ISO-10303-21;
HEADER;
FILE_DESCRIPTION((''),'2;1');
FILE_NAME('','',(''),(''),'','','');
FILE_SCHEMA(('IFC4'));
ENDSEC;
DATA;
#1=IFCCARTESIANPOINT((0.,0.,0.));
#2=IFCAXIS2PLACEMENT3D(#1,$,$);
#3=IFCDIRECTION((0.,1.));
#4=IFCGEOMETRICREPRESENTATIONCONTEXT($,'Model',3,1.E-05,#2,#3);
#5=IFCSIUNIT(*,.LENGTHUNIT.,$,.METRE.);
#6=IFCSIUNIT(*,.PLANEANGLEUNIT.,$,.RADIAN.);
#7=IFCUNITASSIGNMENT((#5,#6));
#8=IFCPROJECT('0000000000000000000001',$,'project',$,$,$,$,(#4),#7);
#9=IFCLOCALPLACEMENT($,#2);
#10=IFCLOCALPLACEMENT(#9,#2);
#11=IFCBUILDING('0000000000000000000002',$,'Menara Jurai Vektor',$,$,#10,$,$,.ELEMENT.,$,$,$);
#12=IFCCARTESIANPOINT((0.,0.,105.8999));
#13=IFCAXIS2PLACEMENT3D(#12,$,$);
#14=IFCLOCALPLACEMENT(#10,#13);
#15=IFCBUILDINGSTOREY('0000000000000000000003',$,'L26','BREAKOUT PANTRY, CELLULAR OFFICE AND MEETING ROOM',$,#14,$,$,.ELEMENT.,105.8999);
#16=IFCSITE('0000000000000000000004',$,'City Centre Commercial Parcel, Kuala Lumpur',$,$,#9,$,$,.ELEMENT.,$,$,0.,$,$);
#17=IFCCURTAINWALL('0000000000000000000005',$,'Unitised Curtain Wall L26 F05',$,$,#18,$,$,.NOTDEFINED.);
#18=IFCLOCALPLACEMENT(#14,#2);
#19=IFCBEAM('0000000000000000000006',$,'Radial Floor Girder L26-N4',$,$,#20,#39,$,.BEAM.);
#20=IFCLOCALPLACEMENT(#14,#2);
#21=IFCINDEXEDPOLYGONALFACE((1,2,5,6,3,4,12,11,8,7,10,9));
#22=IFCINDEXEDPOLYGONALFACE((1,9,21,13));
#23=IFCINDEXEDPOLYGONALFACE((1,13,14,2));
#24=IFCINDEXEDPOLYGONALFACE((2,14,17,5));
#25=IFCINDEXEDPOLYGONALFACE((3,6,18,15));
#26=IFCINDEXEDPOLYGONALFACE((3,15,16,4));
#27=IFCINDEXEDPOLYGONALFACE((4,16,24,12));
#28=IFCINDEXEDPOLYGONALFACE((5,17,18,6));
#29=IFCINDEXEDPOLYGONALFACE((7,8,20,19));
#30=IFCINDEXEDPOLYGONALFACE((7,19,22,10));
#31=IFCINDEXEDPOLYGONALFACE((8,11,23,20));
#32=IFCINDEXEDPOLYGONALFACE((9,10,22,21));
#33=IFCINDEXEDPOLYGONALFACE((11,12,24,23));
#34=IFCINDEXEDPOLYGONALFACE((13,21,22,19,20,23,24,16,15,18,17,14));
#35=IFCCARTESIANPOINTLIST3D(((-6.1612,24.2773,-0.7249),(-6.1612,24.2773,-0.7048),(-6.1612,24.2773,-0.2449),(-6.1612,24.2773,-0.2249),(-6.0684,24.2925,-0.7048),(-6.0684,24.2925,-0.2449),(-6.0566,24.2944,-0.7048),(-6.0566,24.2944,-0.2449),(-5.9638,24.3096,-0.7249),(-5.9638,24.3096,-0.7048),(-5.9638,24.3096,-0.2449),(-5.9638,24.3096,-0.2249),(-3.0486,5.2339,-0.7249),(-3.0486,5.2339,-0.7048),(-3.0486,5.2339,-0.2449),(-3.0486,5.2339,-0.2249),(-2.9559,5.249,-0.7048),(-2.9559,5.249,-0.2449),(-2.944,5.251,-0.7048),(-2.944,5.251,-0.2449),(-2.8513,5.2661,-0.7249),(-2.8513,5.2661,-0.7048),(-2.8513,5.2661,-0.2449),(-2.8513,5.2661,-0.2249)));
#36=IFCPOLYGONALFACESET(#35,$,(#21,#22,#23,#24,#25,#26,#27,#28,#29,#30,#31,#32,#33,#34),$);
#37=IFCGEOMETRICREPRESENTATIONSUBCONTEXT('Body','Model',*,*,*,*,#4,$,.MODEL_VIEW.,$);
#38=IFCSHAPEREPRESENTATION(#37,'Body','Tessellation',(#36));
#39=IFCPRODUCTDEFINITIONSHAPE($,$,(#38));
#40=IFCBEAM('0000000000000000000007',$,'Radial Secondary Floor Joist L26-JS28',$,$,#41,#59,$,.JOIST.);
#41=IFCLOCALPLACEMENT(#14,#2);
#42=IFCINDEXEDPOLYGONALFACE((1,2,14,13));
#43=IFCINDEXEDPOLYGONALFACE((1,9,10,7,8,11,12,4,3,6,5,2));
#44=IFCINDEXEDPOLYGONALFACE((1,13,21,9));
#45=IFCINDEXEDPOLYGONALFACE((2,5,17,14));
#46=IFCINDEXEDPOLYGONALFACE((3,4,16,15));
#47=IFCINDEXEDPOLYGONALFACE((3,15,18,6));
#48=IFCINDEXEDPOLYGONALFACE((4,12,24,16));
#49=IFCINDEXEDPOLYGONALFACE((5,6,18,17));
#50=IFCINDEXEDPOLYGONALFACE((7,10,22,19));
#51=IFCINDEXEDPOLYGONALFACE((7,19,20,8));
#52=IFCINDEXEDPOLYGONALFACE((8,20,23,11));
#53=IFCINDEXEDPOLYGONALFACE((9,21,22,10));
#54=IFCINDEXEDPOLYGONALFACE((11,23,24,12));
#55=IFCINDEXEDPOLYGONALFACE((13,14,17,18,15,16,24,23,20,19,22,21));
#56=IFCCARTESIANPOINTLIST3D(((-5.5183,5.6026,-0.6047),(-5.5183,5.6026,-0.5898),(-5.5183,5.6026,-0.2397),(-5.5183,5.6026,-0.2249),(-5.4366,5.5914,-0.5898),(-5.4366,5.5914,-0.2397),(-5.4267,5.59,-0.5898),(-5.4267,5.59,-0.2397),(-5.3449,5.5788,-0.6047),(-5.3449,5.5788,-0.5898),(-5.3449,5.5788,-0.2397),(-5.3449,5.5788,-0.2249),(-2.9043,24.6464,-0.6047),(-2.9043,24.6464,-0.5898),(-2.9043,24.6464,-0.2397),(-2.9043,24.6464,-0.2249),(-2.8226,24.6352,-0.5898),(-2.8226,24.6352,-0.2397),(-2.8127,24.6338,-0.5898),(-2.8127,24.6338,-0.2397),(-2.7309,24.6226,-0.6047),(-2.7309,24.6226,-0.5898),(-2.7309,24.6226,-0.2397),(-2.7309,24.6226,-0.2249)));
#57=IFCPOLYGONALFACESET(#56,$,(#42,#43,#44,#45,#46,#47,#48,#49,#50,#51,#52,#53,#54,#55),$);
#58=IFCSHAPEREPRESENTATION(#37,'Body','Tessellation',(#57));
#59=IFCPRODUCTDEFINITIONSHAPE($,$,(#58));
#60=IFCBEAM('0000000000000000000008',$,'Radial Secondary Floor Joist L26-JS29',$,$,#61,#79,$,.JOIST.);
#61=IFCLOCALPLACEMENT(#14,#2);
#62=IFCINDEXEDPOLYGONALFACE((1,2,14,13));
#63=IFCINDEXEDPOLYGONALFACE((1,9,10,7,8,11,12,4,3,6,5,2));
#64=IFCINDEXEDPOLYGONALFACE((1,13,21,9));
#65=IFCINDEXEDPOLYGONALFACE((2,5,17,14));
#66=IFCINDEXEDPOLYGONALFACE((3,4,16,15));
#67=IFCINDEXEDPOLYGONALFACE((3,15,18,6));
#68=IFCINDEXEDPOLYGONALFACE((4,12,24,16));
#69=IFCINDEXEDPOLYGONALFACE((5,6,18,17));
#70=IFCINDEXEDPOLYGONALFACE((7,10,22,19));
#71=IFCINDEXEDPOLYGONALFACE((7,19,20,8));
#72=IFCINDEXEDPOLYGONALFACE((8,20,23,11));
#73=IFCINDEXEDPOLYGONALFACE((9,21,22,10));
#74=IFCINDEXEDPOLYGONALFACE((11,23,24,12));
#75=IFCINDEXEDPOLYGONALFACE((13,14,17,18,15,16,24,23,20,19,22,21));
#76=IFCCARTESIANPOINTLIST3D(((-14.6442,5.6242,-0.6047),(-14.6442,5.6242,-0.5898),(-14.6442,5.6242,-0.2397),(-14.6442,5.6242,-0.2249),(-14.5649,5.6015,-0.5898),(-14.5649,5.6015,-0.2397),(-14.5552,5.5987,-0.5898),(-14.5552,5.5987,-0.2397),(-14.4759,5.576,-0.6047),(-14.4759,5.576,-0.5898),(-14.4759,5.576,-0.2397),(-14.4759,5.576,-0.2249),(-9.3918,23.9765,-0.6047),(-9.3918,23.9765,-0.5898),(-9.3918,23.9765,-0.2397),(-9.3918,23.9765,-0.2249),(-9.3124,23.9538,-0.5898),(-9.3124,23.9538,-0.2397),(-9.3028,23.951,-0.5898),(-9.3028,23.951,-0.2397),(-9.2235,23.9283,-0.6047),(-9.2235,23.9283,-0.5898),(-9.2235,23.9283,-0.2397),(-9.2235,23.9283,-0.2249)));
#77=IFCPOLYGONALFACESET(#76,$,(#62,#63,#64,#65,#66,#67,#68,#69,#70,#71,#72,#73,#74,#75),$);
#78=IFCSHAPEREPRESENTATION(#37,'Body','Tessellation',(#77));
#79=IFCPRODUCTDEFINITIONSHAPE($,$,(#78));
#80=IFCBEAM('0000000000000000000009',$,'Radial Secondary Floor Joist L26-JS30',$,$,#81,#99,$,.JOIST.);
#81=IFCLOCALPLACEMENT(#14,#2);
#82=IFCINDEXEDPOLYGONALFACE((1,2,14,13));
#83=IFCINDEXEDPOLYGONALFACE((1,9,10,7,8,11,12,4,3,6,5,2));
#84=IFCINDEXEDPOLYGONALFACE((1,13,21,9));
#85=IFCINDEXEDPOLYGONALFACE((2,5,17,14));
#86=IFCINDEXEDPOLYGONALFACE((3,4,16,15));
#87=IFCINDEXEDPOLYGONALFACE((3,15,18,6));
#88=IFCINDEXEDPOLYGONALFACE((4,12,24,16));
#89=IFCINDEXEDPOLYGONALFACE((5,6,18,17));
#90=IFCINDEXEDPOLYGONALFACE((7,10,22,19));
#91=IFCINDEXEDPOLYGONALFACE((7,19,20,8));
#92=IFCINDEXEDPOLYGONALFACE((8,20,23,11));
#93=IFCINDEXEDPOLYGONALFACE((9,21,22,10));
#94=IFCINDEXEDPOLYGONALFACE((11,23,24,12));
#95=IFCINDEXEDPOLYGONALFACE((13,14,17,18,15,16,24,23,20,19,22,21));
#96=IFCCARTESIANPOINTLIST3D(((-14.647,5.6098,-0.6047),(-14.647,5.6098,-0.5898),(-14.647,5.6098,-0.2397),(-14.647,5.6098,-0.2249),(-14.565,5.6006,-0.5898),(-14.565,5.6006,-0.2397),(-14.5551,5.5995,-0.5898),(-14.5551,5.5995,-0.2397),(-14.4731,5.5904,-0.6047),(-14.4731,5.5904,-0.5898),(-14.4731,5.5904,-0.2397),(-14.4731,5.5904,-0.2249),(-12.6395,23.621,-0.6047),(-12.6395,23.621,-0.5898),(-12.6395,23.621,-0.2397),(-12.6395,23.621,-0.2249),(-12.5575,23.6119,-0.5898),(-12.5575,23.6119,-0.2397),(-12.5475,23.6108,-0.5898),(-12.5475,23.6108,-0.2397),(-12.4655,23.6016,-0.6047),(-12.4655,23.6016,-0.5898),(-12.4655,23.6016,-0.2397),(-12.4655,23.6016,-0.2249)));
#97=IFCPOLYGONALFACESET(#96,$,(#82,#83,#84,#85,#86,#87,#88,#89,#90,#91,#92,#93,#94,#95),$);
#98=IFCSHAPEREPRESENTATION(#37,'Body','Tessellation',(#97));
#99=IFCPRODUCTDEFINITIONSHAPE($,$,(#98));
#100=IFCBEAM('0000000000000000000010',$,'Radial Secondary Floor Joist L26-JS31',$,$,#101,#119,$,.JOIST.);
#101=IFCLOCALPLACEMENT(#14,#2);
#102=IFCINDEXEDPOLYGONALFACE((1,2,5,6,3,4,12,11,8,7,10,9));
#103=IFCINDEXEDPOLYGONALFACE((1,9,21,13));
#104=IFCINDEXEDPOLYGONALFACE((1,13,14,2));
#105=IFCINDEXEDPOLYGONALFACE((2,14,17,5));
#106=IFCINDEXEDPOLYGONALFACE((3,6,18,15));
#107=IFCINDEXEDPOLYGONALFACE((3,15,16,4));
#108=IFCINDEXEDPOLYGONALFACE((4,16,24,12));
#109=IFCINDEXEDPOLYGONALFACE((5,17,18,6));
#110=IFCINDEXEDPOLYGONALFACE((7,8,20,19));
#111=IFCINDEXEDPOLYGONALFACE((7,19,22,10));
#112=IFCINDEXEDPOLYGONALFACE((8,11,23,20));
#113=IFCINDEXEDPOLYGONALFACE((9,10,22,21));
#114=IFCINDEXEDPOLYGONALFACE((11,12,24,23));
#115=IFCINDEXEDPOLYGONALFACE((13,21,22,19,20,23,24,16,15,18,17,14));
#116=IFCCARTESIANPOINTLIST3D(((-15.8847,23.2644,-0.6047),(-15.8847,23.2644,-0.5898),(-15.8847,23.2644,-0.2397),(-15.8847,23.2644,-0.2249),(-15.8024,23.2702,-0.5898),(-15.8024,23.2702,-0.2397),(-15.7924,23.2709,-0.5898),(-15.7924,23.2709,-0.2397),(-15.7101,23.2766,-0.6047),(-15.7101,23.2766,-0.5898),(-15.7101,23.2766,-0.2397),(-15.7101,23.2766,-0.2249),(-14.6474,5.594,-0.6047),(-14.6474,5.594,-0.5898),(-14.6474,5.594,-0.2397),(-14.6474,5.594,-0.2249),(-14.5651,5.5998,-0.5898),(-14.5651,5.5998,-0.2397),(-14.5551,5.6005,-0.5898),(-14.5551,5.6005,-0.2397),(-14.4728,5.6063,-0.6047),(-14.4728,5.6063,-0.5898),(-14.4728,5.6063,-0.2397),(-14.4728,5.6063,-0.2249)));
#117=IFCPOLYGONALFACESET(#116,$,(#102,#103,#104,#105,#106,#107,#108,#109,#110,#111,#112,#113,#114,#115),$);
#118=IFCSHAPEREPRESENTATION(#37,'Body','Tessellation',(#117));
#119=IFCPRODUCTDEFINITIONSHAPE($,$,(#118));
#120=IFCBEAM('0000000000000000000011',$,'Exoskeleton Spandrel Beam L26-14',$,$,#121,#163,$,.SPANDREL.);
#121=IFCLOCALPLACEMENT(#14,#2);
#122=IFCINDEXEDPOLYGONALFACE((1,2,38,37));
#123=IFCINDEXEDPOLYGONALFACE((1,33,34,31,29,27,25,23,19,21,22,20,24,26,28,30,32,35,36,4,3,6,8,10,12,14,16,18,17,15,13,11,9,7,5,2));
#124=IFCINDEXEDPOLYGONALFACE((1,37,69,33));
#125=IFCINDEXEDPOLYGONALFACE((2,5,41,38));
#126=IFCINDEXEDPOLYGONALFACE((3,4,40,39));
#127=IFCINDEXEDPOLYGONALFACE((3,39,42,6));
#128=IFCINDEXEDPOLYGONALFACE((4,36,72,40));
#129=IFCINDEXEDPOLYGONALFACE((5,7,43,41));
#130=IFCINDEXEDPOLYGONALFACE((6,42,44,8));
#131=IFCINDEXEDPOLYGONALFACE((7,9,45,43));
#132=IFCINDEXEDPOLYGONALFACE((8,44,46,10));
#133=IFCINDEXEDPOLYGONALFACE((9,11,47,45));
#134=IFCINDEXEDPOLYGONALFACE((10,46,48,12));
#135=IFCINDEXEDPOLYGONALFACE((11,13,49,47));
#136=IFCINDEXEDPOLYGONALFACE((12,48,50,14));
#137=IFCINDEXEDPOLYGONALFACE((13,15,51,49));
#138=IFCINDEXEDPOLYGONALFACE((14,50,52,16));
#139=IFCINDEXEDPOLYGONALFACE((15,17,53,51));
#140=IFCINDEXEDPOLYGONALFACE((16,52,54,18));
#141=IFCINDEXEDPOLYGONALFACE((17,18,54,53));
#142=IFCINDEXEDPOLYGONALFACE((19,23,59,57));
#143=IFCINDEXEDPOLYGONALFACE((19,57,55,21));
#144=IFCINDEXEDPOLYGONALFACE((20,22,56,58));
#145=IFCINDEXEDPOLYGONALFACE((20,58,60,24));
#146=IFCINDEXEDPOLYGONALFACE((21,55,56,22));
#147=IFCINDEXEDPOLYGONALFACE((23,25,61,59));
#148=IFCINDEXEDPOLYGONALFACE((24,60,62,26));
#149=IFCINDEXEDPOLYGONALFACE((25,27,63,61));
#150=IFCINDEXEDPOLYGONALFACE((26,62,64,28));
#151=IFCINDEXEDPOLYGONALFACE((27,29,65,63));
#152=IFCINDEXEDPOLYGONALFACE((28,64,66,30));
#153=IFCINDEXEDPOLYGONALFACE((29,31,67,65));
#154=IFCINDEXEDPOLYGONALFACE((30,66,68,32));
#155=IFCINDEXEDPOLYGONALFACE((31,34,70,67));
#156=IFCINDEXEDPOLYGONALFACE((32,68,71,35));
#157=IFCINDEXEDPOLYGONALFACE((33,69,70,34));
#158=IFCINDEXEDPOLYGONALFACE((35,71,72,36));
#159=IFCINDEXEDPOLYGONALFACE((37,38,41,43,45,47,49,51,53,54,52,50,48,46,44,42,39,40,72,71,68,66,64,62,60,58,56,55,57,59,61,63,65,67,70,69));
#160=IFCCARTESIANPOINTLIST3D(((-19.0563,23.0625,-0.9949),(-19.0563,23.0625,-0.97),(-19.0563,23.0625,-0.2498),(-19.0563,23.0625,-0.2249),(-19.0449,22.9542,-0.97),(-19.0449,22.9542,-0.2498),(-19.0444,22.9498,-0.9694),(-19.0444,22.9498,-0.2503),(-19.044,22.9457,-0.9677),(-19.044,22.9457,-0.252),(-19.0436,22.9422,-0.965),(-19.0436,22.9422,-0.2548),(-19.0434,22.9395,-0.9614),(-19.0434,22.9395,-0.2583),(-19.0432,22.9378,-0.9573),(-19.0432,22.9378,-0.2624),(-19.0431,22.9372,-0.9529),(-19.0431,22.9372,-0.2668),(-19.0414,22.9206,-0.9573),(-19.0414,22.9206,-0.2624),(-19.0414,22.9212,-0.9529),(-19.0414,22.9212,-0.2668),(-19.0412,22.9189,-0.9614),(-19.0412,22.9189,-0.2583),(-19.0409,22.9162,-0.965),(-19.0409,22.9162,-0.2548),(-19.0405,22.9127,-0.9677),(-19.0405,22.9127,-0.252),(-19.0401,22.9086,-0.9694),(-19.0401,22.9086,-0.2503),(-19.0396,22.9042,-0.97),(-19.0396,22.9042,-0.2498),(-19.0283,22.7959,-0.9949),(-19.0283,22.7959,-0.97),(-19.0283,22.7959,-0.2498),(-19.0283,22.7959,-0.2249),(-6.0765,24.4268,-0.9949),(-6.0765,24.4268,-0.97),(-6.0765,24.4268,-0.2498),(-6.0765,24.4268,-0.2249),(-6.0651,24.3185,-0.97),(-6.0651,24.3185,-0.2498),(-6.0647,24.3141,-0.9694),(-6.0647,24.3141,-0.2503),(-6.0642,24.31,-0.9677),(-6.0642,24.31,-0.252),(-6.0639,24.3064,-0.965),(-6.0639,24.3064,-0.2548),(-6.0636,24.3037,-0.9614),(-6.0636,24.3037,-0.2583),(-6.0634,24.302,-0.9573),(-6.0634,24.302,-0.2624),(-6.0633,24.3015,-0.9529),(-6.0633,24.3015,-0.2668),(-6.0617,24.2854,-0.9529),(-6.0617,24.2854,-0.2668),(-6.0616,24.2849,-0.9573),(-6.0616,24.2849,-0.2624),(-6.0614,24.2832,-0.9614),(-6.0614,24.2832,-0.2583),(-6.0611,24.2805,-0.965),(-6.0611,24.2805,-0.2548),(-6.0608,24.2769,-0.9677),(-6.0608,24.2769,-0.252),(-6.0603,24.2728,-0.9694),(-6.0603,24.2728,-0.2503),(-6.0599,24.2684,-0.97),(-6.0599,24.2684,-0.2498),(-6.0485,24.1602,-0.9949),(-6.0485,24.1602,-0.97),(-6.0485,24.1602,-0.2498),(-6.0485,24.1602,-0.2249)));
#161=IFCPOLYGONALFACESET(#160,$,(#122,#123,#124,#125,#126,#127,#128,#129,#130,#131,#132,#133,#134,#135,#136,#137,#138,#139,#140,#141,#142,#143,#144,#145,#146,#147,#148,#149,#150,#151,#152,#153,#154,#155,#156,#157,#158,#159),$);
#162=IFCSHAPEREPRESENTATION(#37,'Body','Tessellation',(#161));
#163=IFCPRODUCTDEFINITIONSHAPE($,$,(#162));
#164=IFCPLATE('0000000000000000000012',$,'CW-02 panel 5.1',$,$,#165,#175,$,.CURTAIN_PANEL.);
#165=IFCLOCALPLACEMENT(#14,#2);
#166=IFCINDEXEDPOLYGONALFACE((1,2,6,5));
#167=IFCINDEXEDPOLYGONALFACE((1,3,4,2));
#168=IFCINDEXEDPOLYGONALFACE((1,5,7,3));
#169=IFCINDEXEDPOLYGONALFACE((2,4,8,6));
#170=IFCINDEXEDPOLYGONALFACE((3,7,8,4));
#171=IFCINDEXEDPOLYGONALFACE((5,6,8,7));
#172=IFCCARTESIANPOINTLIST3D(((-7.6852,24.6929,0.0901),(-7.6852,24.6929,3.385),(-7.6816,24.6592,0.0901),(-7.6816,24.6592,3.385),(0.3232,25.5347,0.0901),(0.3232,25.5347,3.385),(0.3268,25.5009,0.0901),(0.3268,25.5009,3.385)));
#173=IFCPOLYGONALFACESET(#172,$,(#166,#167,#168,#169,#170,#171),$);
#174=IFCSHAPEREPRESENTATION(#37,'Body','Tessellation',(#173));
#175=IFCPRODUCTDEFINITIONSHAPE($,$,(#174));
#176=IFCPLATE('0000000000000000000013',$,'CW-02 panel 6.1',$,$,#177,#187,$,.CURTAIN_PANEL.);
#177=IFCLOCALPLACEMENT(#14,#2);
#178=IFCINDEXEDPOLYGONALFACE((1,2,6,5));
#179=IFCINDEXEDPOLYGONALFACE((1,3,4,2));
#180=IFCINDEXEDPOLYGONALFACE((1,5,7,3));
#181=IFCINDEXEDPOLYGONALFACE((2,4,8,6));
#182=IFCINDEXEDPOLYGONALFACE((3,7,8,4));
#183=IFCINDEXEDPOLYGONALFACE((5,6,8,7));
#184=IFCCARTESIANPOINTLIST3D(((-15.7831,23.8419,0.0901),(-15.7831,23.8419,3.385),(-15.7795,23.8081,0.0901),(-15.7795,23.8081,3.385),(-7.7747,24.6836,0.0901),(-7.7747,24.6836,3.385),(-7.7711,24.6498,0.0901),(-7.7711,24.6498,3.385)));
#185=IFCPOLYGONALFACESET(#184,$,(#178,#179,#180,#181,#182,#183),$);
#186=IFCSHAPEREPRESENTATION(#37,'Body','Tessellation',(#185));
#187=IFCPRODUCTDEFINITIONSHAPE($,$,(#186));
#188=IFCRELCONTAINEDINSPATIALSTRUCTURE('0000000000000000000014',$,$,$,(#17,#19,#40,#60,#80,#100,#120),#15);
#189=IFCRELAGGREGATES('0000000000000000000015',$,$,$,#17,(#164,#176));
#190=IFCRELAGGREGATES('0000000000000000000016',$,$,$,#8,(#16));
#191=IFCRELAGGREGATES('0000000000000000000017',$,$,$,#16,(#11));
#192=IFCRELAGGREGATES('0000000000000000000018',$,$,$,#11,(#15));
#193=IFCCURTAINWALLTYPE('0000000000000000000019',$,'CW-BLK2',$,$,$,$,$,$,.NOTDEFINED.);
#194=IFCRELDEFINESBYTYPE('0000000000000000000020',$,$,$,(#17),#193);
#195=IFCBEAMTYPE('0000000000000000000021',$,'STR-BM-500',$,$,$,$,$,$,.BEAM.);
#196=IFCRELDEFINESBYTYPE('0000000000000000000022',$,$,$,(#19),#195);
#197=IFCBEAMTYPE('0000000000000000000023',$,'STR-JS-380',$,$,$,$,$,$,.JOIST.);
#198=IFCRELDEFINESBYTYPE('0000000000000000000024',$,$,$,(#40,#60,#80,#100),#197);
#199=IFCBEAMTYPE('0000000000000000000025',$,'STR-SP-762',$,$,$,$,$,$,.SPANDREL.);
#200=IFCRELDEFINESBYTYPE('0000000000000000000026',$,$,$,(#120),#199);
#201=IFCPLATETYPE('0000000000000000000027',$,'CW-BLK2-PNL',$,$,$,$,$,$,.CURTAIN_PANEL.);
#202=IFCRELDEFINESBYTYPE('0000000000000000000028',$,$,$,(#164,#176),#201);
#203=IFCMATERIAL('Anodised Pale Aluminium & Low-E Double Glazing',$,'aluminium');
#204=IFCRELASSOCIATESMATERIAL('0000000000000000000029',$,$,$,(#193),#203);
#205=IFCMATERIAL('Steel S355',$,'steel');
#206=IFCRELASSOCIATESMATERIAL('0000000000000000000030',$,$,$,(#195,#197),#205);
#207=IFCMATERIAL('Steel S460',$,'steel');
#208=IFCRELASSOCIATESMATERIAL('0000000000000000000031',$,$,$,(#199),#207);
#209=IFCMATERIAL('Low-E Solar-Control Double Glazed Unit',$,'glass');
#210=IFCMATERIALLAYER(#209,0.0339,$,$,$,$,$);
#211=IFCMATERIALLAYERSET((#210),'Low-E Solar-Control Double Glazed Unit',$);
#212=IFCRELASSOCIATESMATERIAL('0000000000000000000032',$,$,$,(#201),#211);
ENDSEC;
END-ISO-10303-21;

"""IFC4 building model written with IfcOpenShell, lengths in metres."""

from ifc_helpers import new_model, si_unit, direction, frame, origin, origin_2d, place, context, subcontext, project, spatial, rectangle, i_section, extrude, material, layer, layer_set, material_profile, profile_set, type_object, element, aggregate, save


model = new_model("IFC4")

# Units and contexts
model_context = context("Model", 3, precision=1e-05, world=origin(), true_north=direction((0.0, 1.0)))
body_context = subcontext(model_context, "Body", "Model", "MODEL_VIEW")
ifc_project = project(units=[si_unit("LENGTHUNIT", "METRE"), si_unit("PLANEANGLEUNIT", "RADIAN")], contexts=[model_context])

# Site, building, storey
site_placement = place(None, origin())
site = spatial("IfcSite", under=ifc_project, at=site_placement, Name="City Centre Commercial Parcel, Kuala Lumpur", CompositionType="ELEMENT", RefElevation=0.0)
building_placement = place(site_placement, origin())
building = spatial("IfcBuilding", under=site, at=building_placement, Name="Menara Jurai Vektor", CompositionType="ELEMENT")
storey_placement = place(building_placement, frame((0.0, 0.0, 105.8999)))
storey = spatial("IfcBuildingStorey", under=building, at=storey_placement, Name="L26", Description="BREAKOUT PANTRY, CELLULAR OFFICE AND MEETING ROOM", CompositionType="ELEMENT", Elevation=105.8999)

# Shared definitions
ifc_material_1 = material(Name="Steel S460", Category="steel")

# Curtain wall
ifc_material_2 = material(Name="Anodised Pale Aluminium & Low-E Double Glazing", Category="aluminium")
curtain_wall_type = type_object("IfcCurtainWallType", Name="CW-BLK2", PredefinedType="NOTDEFINED", material=ifc_material_2)
curtain_wall_placement = place(storey_placement, origin())
curtain_wall = element("IfcCurtainWall", 1, at=curtain_wall_placement, inside=storey, type_object=curtain_wall_type, Name="Unitised Curtain Wall L26 F05", PredefinedType="NOTDEFINED")

# Beams
ifc_material_3 = material(Name="Steel S355", Category="steel")
ifc_material_profile_1 = material_profile(ifc_material_3, i_section(OverallWidth=0.2, OverallDepth=0.5, WebThickness=0.012, FlangeThickness=0.02, at=origin_2d()), Name="PG 500x200x96")
ifc_profile_set_1 = profile_set([ifc_material_profile_1], Name="Steel S355")
beam_type_1 = type_object("IfcBeamType", Name="STR-BM-500", PredefinedType="BEAM", material=ifc_profile_set_1)
beam_1_placement = place(storey_placement, frame((-6.0625, 24.2935, -0.4749), z_axis=(0.161304, -0.986905, 0.0), x_axis=(0.986905, 0.161304, 0.0)))
element("IfcBeam", 2, at=beam_1_placement, inside=storey, type_object=beam_type_1, Name="Radial Floor Girder L26-N4", PredefinedType="BEAM", context=body_context, shape_type="SweptSolid", body=[
    extrude(i_section(OverallWidth=0.2, OverallDepth=0.5, WebThickness=0.012, FlangeThickness=0.02, at=origin_2d()), origin(), (0.0, 0.0, 1.0), 19.2961),
])
ifc_material_profile_2 = material_profile(ifc_material_3, i_section(OverallWidth=0.175, OverallDepth=0.3799, WebThickness=0.01, FlangeThickness=0.0149, at=origin_2d()), Name="PG 380x175x58")
ifc_profile_set_2 = profile_set([ifc_material_profile_2], Name="Steel S355")
beam_type_2 = type_object("IfcBeamType", Name="STR-JS-380", PredefinedType="JOIST", material=ifc_profile_set_2)
beam_2_placement = place(storey_placement, frame((-2.8176, 24.6345, -0.4148), z_axis=(-0.135987, -0.990711, 0.0), x_axis=(0.990711, -0.135987, 0.0)))
element("IfcBeam", 3, at=beam_2_placement, inside=storey, type_object=beam_type_2, Name="Radial Secondary Floor Joist L26-JS28", PredefinedType="JOIST", context=body_context, shape_type="SweptSolid", body=[
    extrude(i_section(OverallWidth=0.175, OverallDepth=0.3799, WebThickness=0.01, FlangeThickness=0.0149, at=origin_2d()), origin(), (0.0, 0.0, 1.0), 19.2224),
])
beam_3_placement = place(storey_placement, frame((-9.3076, 23.9524, -0.4148), z_axis=(-0.275154, -0.9614, 0.0), x_axis=(0.9614, -0.275154, 0.0)))
element("IfcBeam", 4, at=beam_3_placement, inside=storey, type_object=beam_type_2, Name="Radial Secondary Floor Joist L26-JS29", PredefinedType="JOIST", context=body_context, shape_type="SweptSolid", body=[
    extrude(i_section(OverallWidth=0.175, OverallDepth=0.3799, WebThickness=0.01, FlangeThickness=0.0149, at=origin_2d()), origin(), (0.0, 0.0, 1.0), 19.0891),
])
beam_4_placement = place(storey_placement, frame((-12.5525, 23.6113, -0.4148), z_axis=(-0.110776, -0.993845, 0.0), x_axis=(0.993845, -0.110776, 0.0)))
element("IfcBeam", 5, at=beam_4_placement, inside=storey, type_object=beam_type_2, Name="Radial Secondary Floor Joist L26-JS30", PredefinedType="JOIST", context=body_context, shape_type="SweptSolid", body=[
    extrude(i_section(OverallWidth=0.175, OverallDepth=0.3799, WebThickness=0.01, FlangeThickness=0.0149, at=origin_2d()), origin(), (0.0, 0.0, 1.0), 18.1228),
])
beam_5_placement = place(storey_placement, frame((-15.7974, 23.2705, -0.4148), z_axis=(0.06985, -0.997557, 0.0), x_axis=(0.997557, 0.06985, 0.0)))
element("IfcBeam", 6, at=beam_5_placement, inside=storey, type_object=beam_type_2, Name="Radial Secondary Floor Joist L26-JS31", PredefinedType="JOIST", context=body_context, shape_type="SweptSolid", body=[
    extrude(i_section(OverallWidth=0.175, OverallDepth=0.3799, WebThickness=0.01, FlangeThickness=0.0149, at=origin_2d()), origin(), (0.0, 0.0, 1.0), 17.7136),
])
ifc_material_profile_3 = material_profile(ifc_material_1, i_section(OverallWidth=0.2681, OverallDepth=0.77, WebThickness=0.0161, FlangeThickness=0.0249, FilletRadius=0.0171, at=origin_2d()), Name="UKB 762x267x197")
ifc_profile_set_3 = profile_set([ifc_material_profile_3], Name="Steel S460")
beam_type_3 = type_object("IfcBeamType", Name="STR-SP-762", PredefinedType="SPANDREL", material=ifc_profile_set_3)
beam_6_placement = place(storey_placement, frame((-6.0625, 24.2935, -0.6099), z_axis=(-0.994522, -0.104531, 0.0), x_axis=(0.104531, -0.994522, 0.0)))
element("IfcBeam", 7, at=beam_6_placement, inside=storey, type_object=beam_type_3, Name="Exoskeleton Spandrel Beam L26-14", PredefinedType="SPANDREL", context=body_context, shape_type="SweptSolid", body=[
    extrude(i_section(OverallWidth=0.2681, OverallDepth=0.77, WebThickness=0.0161, FlangeThickness=0.0249, FilletRadius=0.0171, at=origin_2d()), origin(), (0.0, 0.0, 1.0), 13.0513),
])

# Plates
ifc_material_4 = material(Name="Low-E Solar-Control Double Glazed Unit", Category="glass")
ifc_layer_1 = layer(ifc_material_4, 0.0339)
ifc_layer_set_1 = layer_set([ifc_layer_1], Name="Low-E Solar-Control Double Glazed Unit")
plate_type_1 = type_object("IfcPlateType", Name="CW-BLK2-PNL", PredefinedType="CURTAIN_PANEL", material=ifc_layer_set_1)
plate_1_placement = place(storey_placement, frame((-3.6792, 25.0969, 0.0901), z_axis=(0.0, 0.0, 1.0), x_axis=(-0.994522, -0.104529, 0.0)))
plate_1 = element("IfcPlate", 8, at=plate_1_placement, type_object=plate_type_1, Name="CW-02 panel 5.1", PredefinedType="CURTAIN_PANEL", context=body_context, shape_type="SweptSolid", body=[
    extrude(rectangle(XDim=8.0525, YDim=0.0339, at=origin_2d()), origin(), (0.0, 0.0, 1.0), 3.2949),
])
plate_2_placement = place(storey_placement, frame((-11.7771, 24.2458, 0.0901), z_axis=(0.0, 0.0, 1.0), x_axis=(-0.994522, -0.104529, 0.0)))
plate_2 = element("IfcPlate", 9, at=plate_2_placement, type_object=plate_type_1, Name="CW-02 panel 6.1", PredefinedType="CURTAIN_PANEL", context=body_context, shape_type="SweptSolid", body=[
    extrude(rectangle(XDim=8.0525, YDim=0.0339, at=origin_2d()), origin(), (0.0, 0.0, 1.0), 3.2949),
])
aggregate(curtain_wall, [plate_1, plate_2])

save(model, "model.ifc")
